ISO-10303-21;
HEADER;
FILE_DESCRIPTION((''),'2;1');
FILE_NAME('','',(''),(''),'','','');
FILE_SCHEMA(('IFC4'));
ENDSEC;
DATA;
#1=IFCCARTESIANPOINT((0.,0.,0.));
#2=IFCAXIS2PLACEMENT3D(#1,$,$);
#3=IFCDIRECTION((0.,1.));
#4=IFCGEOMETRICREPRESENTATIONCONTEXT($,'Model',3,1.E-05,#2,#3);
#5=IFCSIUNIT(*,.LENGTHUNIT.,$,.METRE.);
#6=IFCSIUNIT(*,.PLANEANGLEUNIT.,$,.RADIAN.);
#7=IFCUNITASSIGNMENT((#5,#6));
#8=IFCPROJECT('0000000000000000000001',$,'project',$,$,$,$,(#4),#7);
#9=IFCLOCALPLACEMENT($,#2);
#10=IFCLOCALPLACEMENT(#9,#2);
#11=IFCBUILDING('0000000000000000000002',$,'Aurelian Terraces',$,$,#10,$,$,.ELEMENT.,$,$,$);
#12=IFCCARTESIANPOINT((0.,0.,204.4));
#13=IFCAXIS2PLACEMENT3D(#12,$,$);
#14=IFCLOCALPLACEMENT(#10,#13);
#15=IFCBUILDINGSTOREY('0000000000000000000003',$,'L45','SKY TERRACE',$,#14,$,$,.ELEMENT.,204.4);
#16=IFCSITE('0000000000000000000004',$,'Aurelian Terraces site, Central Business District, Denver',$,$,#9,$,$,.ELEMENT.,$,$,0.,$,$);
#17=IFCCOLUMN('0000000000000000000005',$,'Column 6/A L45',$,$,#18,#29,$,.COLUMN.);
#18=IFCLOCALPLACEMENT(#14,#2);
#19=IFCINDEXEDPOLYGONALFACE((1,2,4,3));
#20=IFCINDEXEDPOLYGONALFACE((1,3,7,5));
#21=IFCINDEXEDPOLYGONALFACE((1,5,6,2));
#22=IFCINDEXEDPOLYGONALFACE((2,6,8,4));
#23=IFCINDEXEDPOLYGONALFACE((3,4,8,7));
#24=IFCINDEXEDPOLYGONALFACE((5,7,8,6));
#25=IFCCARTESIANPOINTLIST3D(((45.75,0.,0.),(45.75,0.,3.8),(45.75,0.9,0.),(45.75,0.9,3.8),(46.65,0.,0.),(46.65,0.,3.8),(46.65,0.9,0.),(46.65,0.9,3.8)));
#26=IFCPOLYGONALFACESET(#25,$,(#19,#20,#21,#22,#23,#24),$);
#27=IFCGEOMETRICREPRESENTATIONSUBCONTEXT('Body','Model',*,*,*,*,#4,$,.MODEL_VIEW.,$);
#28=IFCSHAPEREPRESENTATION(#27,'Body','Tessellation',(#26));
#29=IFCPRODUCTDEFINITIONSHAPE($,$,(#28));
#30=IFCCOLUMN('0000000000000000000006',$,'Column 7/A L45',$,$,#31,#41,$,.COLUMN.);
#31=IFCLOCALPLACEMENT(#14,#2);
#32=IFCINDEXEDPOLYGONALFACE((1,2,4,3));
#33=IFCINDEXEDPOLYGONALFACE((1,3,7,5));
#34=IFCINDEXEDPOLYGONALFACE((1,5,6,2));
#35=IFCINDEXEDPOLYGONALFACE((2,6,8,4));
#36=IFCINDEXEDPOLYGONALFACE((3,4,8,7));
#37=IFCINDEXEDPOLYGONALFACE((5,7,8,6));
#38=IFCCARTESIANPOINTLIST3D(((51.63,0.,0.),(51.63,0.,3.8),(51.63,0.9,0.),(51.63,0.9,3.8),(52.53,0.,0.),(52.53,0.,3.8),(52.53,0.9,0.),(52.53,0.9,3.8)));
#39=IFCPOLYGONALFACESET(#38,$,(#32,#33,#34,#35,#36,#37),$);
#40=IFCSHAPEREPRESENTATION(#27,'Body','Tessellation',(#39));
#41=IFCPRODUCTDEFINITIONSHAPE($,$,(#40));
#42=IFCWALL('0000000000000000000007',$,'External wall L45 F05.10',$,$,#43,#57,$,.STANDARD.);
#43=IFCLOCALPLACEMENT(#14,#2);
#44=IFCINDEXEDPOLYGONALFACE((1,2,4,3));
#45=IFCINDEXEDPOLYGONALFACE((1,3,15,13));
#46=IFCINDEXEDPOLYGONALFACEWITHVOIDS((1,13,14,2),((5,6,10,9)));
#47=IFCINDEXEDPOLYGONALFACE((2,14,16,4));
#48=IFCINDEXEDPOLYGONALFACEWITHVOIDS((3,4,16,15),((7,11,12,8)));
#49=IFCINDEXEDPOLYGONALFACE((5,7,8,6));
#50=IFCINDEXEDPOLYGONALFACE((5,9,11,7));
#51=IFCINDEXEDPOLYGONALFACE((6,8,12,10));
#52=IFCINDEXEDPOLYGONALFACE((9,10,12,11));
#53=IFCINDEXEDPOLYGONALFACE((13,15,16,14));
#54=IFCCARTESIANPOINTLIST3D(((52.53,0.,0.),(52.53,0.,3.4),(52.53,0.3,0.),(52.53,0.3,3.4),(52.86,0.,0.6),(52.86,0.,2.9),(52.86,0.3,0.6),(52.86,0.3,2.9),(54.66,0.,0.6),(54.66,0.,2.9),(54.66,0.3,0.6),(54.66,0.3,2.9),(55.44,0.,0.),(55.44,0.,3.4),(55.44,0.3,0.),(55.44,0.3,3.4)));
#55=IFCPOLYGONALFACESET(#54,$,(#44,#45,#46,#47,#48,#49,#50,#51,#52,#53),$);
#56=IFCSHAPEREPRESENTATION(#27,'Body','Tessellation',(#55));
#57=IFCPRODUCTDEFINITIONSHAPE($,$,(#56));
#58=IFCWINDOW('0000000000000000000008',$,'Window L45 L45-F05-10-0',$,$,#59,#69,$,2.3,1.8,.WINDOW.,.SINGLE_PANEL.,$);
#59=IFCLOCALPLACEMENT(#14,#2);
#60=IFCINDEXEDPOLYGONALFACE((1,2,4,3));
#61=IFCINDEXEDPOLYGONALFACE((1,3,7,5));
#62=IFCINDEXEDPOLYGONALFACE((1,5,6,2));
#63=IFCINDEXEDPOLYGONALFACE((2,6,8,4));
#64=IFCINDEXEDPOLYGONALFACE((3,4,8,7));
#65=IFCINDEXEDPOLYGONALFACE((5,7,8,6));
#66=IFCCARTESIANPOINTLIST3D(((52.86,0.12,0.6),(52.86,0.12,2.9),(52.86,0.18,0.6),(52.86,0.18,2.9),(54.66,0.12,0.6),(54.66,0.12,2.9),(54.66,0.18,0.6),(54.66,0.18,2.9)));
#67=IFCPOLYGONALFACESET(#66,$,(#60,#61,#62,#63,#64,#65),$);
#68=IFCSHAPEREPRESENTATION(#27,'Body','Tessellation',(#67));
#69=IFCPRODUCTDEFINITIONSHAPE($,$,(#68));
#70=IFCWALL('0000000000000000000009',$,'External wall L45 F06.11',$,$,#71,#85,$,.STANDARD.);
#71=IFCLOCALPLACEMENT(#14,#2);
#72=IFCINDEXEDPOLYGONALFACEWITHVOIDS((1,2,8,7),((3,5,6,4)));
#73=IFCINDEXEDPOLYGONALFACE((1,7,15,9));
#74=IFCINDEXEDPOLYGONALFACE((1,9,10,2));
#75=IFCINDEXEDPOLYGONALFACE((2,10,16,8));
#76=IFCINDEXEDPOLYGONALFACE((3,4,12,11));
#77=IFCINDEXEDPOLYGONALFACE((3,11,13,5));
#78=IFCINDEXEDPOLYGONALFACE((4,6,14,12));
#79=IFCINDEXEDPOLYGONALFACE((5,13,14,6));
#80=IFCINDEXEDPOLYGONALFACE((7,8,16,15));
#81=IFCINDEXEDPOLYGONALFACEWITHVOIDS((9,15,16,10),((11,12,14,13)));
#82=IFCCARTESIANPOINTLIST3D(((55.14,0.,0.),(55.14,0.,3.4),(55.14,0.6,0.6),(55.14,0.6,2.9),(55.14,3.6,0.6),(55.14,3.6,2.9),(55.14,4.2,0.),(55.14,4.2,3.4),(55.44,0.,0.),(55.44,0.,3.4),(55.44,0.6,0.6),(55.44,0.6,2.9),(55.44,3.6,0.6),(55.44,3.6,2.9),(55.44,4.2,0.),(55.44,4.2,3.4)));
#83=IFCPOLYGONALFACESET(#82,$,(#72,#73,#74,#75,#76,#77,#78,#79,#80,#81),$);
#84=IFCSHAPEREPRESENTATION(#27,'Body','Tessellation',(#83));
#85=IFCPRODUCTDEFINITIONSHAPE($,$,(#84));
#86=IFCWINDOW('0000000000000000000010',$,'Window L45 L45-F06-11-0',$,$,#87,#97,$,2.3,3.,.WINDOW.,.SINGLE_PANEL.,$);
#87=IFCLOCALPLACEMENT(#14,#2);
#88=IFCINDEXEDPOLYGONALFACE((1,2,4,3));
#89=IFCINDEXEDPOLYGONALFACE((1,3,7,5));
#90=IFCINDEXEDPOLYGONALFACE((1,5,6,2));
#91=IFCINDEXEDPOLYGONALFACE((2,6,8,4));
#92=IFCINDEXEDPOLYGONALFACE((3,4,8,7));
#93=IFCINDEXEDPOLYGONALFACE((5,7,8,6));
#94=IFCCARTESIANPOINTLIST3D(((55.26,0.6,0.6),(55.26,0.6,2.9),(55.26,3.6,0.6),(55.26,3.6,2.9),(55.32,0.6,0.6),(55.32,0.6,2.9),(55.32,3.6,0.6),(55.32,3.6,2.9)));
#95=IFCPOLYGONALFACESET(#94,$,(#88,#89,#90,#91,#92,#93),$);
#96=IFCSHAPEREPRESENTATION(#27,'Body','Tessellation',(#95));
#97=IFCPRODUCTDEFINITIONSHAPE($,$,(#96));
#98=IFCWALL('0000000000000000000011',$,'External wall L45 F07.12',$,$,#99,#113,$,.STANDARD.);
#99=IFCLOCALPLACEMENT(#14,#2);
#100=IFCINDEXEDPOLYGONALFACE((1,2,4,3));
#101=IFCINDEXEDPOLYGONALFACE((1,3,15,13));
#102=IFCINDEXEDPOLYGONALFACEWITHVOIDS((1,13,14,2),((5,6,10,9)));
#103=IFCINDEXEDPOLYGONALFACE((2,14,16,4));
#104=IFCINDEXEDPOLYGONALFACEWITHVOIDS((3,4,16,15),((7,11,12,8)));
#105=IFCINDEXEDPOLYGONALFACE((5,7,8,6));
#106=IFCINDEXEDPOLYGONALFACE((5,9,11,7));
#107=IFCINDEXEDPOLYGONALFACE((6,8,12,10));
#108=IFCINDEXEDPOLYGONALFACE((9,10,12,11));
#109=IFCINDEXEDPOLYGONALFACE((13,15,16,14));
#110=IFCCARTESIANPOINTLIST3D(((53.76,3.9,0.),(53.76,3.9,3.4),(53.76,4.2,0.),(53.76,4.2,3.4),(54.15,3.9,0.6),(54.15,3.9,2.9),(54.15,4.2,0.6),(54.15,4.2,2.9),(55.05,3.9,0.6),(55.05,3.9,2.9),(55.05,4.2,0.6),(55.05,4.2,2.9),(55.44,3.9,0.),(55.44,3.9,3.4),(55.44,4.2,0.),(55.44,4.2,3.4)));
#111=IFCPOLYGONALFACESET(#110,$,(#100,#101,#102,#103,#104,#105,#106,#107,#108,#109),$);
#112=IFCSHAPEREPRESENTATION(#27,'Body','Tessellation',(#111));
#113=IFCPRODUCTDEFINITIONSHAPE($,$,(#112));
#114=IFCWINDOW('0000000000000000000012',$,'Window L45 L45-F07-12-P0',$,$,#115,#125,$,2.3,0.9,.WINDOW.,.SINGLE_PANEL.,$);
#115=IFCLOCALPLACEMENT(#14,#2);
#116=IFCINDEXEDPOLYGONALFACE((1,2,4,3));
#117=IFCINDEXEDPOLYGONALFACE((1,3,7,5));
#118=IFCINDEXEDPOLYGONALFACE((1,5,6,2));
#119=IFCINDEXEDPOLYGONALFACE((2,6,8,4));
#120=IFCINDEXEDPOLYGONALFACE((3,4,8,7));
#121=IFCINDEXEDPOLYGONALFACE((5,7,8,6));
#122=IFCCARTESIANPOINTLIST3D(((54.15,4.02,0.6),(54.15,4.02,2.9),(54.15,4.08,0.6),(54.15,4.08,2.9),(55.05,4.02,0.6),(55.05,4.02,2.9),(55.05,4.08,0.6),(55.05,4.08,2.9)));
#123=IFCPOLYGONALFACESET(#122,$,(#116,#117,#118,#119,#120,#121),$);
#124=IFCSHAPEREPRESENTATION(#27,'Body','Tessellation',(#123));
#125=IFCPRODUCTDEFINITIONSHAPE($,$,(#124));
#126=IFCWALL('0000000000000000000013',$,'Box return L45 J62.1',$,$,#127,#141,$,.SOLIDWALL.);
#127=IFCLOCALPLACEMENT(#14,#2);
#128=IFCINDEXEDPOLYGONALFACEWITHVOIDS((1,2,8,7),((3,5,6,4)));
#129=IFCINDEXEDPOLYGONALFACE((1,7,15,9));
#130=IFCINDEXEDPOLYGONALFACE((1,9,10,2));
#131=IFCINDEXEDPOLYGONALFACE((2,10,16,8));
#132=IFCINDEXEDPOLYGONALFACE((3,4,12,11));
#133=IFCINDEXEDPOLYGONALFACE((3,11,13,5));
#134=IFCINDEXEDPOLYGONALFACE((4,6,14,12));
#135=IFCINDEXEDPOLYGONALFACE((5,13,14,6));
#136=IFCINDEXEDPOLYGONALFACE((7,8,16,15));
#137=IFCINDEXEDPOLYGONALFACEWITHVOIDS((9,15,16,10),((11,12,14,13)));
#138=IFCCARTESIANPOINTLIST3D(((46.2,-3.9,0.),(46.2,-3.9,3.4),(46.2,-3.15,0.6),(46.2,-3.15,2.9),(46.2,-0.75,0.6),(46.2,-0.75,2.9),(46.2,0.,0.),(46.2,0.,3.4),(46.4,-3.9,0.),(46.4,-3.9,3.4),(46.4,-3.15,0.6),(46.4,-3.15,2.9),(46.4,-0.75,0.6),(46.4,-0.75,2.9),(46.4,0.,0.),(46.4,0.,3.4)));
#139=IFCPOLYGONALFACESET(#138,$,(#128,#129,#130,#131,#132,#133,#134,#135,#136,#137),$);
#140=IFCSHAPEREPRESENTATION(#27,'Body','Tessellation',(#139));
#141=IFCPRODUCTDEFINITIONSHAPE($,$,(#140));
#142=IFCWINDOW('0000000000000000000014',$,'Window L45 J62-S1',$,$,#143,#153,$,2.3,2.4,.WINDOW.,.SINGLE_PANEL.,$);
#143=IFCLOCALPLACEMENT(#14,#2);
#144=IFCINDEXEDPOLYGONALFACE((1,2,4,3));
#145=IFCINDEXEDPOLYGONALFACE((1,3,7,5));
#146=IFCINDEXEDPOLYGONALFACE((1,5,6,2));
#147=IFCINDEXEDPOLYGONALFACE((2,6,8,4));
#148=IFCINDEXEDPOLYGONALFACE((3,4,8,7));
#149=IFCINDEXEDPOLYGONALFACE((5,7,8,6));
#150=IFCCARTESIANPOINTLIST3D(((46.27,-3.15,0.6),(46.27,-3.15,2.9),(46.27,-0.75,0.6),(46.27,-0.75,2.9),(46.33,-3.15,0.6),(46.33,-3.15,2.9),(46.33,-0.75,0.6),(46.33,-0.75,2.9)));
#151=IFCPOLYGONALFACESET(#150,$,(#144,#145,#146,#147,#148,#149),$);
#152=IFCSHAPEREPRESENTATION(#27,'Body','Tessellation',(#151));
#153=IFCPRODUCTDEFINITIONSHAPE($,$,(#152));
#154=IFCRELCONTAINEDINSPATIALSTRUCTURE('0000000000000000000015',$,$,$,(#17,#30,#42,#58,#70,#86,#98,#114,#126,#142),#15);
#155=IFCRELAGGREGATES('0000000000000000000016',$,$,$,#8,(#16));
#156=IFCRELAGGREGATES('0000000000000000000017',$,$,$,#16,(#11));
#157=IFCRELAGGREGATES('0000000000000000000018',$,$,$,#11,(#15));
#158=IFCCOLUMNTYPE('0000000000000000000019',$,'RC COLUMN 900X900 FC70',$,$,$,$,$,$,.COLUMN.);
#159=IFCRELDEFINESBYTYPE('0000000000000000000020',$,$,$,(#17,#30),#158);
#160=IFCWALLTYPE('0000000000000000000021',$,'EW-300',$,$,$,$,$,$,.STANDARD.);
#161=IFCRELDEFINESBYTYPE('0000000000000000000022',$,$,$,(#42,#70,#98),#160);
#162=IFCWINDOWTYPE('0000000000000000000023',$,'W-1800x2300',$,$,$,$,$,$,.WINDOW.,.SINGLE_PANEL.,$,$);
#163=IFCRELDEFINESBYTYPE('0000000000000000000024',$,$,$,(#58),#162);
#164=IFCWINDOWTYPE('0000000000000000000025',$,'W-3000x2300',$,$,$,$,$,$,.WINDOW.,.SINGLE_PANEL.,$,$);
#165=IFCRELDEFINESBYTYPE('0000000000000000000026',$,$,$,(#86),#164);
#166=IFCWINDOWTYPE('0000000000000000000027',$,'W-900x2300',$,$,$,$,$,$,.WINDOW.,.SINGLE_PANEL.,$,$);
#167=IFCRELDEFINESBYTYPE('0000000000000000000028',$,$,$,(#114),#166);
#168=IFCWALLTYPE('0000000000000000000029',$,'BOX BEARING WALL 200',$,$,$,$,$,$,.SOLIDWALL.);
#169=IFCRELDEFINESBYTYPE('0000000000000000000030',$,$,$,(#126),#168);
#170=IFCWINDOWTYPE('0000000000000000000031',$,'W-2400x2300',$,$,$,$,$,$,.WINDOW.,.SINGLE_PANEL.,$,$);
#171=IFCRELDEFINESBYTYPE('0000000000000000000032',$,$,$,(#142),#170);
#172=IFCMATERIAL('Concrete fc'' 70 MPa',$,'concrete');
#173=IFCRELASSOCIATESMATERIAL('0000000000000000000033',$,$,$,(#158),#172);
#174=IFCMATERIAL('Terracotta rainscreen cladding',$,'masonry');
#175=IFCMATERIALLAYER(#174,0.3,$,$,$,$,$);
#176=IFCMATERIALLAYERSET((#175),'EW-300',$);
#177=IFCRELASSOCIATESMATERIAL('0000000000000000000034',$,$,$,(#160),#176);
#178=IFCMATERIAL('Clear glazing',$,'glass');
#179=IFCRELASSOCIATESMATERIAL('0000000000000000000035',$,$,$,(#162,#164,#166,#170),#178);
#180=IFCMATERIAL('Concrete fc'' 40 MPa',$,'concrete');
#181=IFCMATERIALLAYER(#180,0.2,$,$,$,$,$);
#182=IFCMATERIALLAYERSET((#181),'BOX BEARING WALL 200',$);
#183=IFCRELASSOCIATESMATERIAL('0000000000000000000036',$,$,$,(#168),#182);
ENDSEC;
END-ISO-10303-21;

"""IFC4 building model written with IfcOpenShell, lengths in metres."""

from ifc_helpers import new_model, si_unit, direction, frame, frame_2d, origin, origin_2d, place, context, subcontext, project, spatial, rectangle, extrude, source, transform, mapped, material, layer, layer_set, material_profile, profile_set, type_object, element, fill, save


model = new_model("IFC4")

# Units and contexts
model_context = context("Model", 3, precision=1e-05, world=origin(), true_north=direction((0.0, 1.0)))
body_context = subcontext(model_context, "Body", "Model", "MODEL_VIEW")
ifc_project = project(units=[si_unit("LENGTHUNIT", "METRE"), si_unit("PLANEANGLEUNIT", "RADIAN")], contexts=[model_context])

# Site, building, storey
site_placement = place(None, origin())
site = spatial("IfcSite", under=ifc_project, at=site_placement, Name="Aurelian Terraces site, Central Business District, Denver", CompositionType="ELEMENT", RefElevation=0.0)
building_placement = place(site_placement, origin())
building = spatial("IfcBuilding", under=site, at=building_placement, Name="Aurelian Terraces", CompositionType="ELEMENT")
storey_placement = place(building_placement, frame((0.0, 0.0, 204.4)))
storey = spatial("IfcBuildingStorey", under=building, at=storey_placement, Name="L45", Description="SKY TERRACE", CompositionType="ELEMENT", Elevation=204.4)

# Columns
ifc_material_1 = material(Name="Concrete fc' 70 MPa", Category="concrete")
ifc_material_profile = material_profile(ifc_material_1, rectangle(XDim=0.9, YDim=0.9, at=origin_2d()))
ifc_profile_set = profile_set([ifc_material_profile], Name="Concrete fc' 70 MPa")
column_type = type_object("IfcColumnType", Name="RC COLUMN 900X900 FC70", PredefinedType="COLUMN", material=ifc_profile_set)
shared_shape_1 = source(origin(), body_context, "Body", "SweptSolid", [
    extrude(rectangle(XDim=0.9, YDim=0.9, at=origin_2d()), origin(), (0.0, 0.0, 1.0), 3.8),
])
for number, where, z_axis, x_axis, name in (
    (1, (46.2, 0.45, 0.0), (0.0, 0.0, 1.0), (1.0, 0.0, 0.0), "Column 6/A L45"),
    (2, (52.08, 0.45, 0.0), (0.0, 0.0, 1.0), (1.0, 0.0, 0.0), "Column 7/A L45"),
):
    element("IfcColumn", number, at=place(storey_placement, frame(where, z_axis=z_axis, x_axis=x_axis)), inside=storey, type_object=column_type, Name=name, PredefinedType="COLUMN", context=body_context, shape_type="MappedRepresentation", body=[
        mapped(shared_shape_1, transform((0.0, 0.0, 0.0), scale=1.0)),
    ])

# Walls, openings, windows
ifc_material_2 = material(Name="Terracotta rainscreen cladding", Category="masonry")
ifc_layer_1 = layer(ifc_material_2, 0.3)
ifc_layer_set_1 = layer_set([ifc_layer_1], Name="EW-300")
wall_type_1 = type_object("IfcWallType", Name="EW-300", PredefinedType="STANDARD", material=ifc_layer_set_1)
shared_shape_2 = source(origin(), body_context, "Body", "SweptSolid", [
    extrude(rectangle(XDim=2.91, YDim=0.3, at=frame_2d((1.455, 0.0))), origin(), (0.0, 0.0, 1.0), 3.4),
])
wall_1_placement = place(storey_placement, frame((52.53, 0.15, 0.0), z_axis=(0.0, 0.0, 1.0), x_axis=(1.0, 0.0, 0.0)))
wall_1 = element("IfcWall", 3, at=wall_1_placement, inside=storey, type_object=wall_type_1, Name="External wall L45 F05.10", PredefinedType="STANDARD", context=body_context, shape_type="MappedRepresentation", body=[
    mapped(shared_shape_2, transform((0.0, 0.0, 0.0), scale=1.0)),
])
shared_shape_3 = source(origin(), body_context, "Body", "SweptSolid", [
    extrude(rectangle(XDim=1.8, YDim=2.3, at=frame_2d((0.9, 1.15))), frame((0.0, 0.16, 0.0), z_axis=(0.0, -1.0, 0.0), x_axis=(1.0, 0.0, 0.0)), (0.0, 0.0, 1.0), 0.32),
])
opening_1_placement = place(wall_1_placement, frame((0.33, 0.0, 0.6)))
opening_1 = element("IfcOpeningElement", 4, at=opening_1_placement, cuts=wall_1, PredefinedType="OPENING", context=body_context, shape_type="MappedRepresentation", body=[
    mapped(shared_shape_3, transform((0.0, 0.0, 0.0), scale=1.0)),
])
ifc_material_3 = material(Name="Clear glazing", Category="glass")
window_type_1 = type_object("IfcWindowType", Name="W-1800x2300", PartitioningType="SINGLE_PANEL", PredefinedType="WINDOW", material=ifc_material_3)
shared_shape_4 = source(origin(), body_context, "Body", "SweptSolid", [
    extrude(rectangle(XDim=1.8, YDim=2.3, at=frame_2d((0.9, 1.15))), frame((0.0, 0.03, 0.0), z_axis=(0.0, -1.0, 0.0), x_axis=(1.0, 0.0, 0.0)), (0.0, 0.0, 1.0), 0.06),
])
window_1_placement = place(opening_1_placement, origin())
window_1 = element("IfcWindow", 5, at=window_1_placement, inside=storey, type_object=window_type_1, Name="Window L45 L45-F05-10-0", OverallHeight=2.3, OverallWidth=1.8, PartitioningType="SINGLE_PANEL", PredefinedType="WINDOW", context=body_context, shape_type="MappedRepresentation", body=[
    mapped(shared_shape_4, transform((0.0, 0.0, 0.0), scale=1.0)),
])
fill(opening_1, window_1)
shared_shape_5 = source(origin(), body_context, "Body", "SweptSolid", [
    extrude(rectangle(XDim=4.2, YDim=0.3, at=frame_2d((2.1, 0.0))), origin(), (0.0, 0.0, 1.0), 3.4),
])
wall_2_placement = place(storey_placement, frame((55.29, 0.0, 0.0), z_axis=(0.0, 0.0, 1.0), x_axis=(0.0, 1.0, 0.0)))
wall_2 = element("IfcWall", 6, at=wall_2_placement, inside=storey, type_object=wall_type_1, Name="External wall L45 F06.11", PredefinedType="STANDARD", context=body_context, shape_type="MappedRepresentation", body=[
    mapped(shared_shape_5, transform((0.0, 0.0, 0.0), scale=1.0)),
])
shared_shape_6 = source(origin(), body_context, "Body", "SweptSolid", [
    extrude(rectangle(XDim=3.0, YDim=2.3, at=frame_2d((1.5, 1.15))), frame((0.0, 0.16, 0.0), z_axis=(0.0, -1.0, 0.0), x_axis=(1.0, 0.0, 0.0)), (0.0, 0.0, 1.0), 0.32),
])
opening_2_placement = place(wall_2_placement, frame((0.6, 0.0, 0.6)))
opening_2 = element("IfcOpeningElement", 7, at=opening_2_placement, cuts=wall_2, PredefinedType="OPENING", context=body_context, shape_type="MappedRepresentation", body=[
    mapped(shared_shape_6, transform((0.0, 0.0, 0.0), scale=1.0)),
])
window_type_2 = type_object("IfcWindowType", Name="W-3000x2300", PartitioningType="SINGLE_PANEL", PredefinedType="WINDOW", material=ifc_material_3)
shared_shape_7 = source(origin(), body_context, "Body", "SweptSolid", [
    extrude(rectangle(XDim=3.0, YDim=2.3, at=frame_2d((1.5, 1.15))), frame((0.0, 0.03, 0.0), z_axis=(0.0, -1.0, 0.0), x_axis=(1.0, 0.0, 0.0)), (0.0, 0.0, 1.0), 0.06),
])
window_2_placement = place(opening_2_placement, origin())
window_2 = element("IfcWindow", 8, at=window_2_placement, inside=storey, type_object=window_type_2, Name="Window L45 L45-F06-11-0", OverallHeight=2.3, OverallWidth=3.0, PartitioningType="SINGLE_PANEL", PredefinedType="WINDOW", context=body_context, shape_type="MappedRepresentation", body=[
    mapped(shared_shape_7, transform((0.0, 0.0, 0.0), scale=1.0)),
])
fill(opening_2, window_2)
shared_shape_8 = source(origin(), body_context, "Body", "SweptSolid", [
    extrude(rectangle(XDim=1.68, YDim=0.3, at=frame_2d((0.84, 0.0))), origin(), (0.0, 0.0, 1.0), 3.4),
])
wall_3_placement = place(storey_placement, frame((55.44, 4.05, 0.0), z_axis=(0.0, 0.0, 1.0), x_axis=(-1.0, 0.0, 0.0)))
wall_3 = element("IfcWall", 9, at=wall_3_placement, inside=storey, type_object=wall_type_1, Name="External wall L45 F07.12", PredefinedType="STANDARD", context=body_context, shape_type="MappedRepresentation", body=[
    mapped(shared_shape_8, transform((0.0, 0.0, 0.0), scale=1.0)),
])
shared_shape_9 = source(origin(), body_context, "Body", "SweptSolid", [
    extrude(rectangle(XDim=0.9, YDim=2.3, at=frame_2d((0.45, 1.15))), frame((0.0, 0.16, 0.0), z_axis=(0.0, -1.0, 0.0), x_axis=(1.0, 0.0, 0.0)), (0.0, 0.0, 1.0), 0.32),
])
opening_3_placement = place(wall_3_placement, frame((0.39, 0.0, 0.6)))
opening_3 = element("IfcOpeningElement", 10, at=opening_3_placement, cuts=wall_3, PredefinedType="OPENING", context=body_context, shape_type="MappedRepresentation", body=[
    mapped(shared_shape_9, transform((0.0, 0.0, 0.0), scale=1.0)),
])
window_type_3 = type_object("IfcWindowType", Name="W-900x2300", PartitioningType="SINGLE_PANEL", PredefinedType="WINDOW", material=ifc_material_3)
shared_shape_10 = source(origin(), body_context, "Body", "SweptSolid", [
    extrude(rectangle(XDim=0.9, YDim=2.3, at=frame_2d((0.45, 1.15))), frame((0.0, 0.03, 0.0), z_axis=(0.0, -1.0, 0.0), x_axis=(1.0, 0.0, 0.0)), (0.0, 0.0, 1.0), 0.06),
])
window_3_placement = place(opening_3_placement, origin())
window_3 = element("IfcWindow", 11, at=window_3_placement, inside=storey, type_object=window_type_3, Name="Window L45 L45-F07-12-P0", OverallHeight=2.3, OverallWidth=0.9, PartitioningType="SINGLE_PANEL", PredefinedType="WINDOW", context=body_context, shape_type="MappedRepresentation", body=[
    mapped(shared_shape_10, transform((0.0, 0.0, 0.0), scale=1.0)),
])
fill(opening_3, window_3)
ifc_material_4 = material(Name="Concrete fc' 40 MPa", Category="concrete")
ifc_layer_2 = layer(ifc_material_4, 0.2)
ifc_layer_set_2 = layer_set([ifc_layer_2], Name="BOX BEARING WALL 200")
wall_type_2 = type_object("IfcWallType", Name="BOX BEARING WALL 200", PredefinedType="SOLIDWALL", material=ifc_layer_set_2)
shared_shape_11 = source(origin(), body_context, "Body", "SweptSolid", [
    extrude(rectangle(XDim=3.9, YDim=0.2, at=frame_2d((1.95, 0.0))), origin(), (0.0, 0.0, 1.0), 3.4),
])
wall_4_placement = place(storey_placement, frame((46.3, 0.0, 0.0), z_axis=(0.0, 0.0, 1.0), x_axis=(0.0, -1.0, 0.0)))
wall_4 = element("IfcWall", 12, at=wall_4_placement, inside=storey, type_object=wall_type_2, Name="Box return L45 J62.1", PredefinedType="SOLIDWALL", context=body_context, shape_type="MappedRepresentation", body=[
    mapped(shared_shape_11, transform((0.0, 0.0, 0.0), scale=1.0)),
])
shared_shape_12 = source(origin(), body_context, "Body", "SweptSolid", [
    extrude(rectangle(XDim=2.4, YDim=2.3, at=frame_2d((1.2, 1.15))), frame((0.0, 0.11, 0.0), z_axis=(0.0, -1.0, 0.0), x_axis=(1.0, 0.0, 0.0)), (0.0, 0.0, 1.0), 0.22),
])
opening_4_placement = place(wall_4_placement, frame((0.75, 0.0, 0.6)))
opening_4 = element("IfcOpeningElement", 13, at=opening_4_placement, cuts=wall_4, PredefinedType="OPENING", context=body_context, shape_type="MappedRepresentation", body=[
    mapped(shared_shape_12, transform((0.0, 0.0, 0.0), scale=1.0)),
])
window_type_4 = type_object("IfcWindowType", Name="W-2400x2300", PartitioningType="SINGLE_PANEL", PredefinedType="WINDOW", material=ifc_material_3)
shared_shape_13 = source(origin(), body_context, "Body", "SweptSolid", [
    extrude(rectangle(XDim=2.4, YDim=2.3, at=frame_2d((1.2, 1.15))), frame((0.0, 0.03, 0.0), z_axis=(0.0, -1.0, 0.0), x_axis=(1.0, 0.0, 0.0)), (0.0, 0.0, 1.0), 0.06),
])
window_4_placement = place(opening_4_placement, origin())
window_4 = element("IfcWindow", 14, at=window_4_placement, inside=storey, type_object=window_type_4, Name="Window L45 J62-S1", OverallHeight=2.3, OverallWidth=2.4, PartitioningType="SINGLE_PANEL", PredefinedType="WINDOW", context=body_context, shape_type="MappedRepresentation", body=[
    mapped(shared_shape_13, transform((0.0, 0.0, 0.0), scale=1.0)),
])
fill(opening_4, window_4)

save(model, "model.ifc")
